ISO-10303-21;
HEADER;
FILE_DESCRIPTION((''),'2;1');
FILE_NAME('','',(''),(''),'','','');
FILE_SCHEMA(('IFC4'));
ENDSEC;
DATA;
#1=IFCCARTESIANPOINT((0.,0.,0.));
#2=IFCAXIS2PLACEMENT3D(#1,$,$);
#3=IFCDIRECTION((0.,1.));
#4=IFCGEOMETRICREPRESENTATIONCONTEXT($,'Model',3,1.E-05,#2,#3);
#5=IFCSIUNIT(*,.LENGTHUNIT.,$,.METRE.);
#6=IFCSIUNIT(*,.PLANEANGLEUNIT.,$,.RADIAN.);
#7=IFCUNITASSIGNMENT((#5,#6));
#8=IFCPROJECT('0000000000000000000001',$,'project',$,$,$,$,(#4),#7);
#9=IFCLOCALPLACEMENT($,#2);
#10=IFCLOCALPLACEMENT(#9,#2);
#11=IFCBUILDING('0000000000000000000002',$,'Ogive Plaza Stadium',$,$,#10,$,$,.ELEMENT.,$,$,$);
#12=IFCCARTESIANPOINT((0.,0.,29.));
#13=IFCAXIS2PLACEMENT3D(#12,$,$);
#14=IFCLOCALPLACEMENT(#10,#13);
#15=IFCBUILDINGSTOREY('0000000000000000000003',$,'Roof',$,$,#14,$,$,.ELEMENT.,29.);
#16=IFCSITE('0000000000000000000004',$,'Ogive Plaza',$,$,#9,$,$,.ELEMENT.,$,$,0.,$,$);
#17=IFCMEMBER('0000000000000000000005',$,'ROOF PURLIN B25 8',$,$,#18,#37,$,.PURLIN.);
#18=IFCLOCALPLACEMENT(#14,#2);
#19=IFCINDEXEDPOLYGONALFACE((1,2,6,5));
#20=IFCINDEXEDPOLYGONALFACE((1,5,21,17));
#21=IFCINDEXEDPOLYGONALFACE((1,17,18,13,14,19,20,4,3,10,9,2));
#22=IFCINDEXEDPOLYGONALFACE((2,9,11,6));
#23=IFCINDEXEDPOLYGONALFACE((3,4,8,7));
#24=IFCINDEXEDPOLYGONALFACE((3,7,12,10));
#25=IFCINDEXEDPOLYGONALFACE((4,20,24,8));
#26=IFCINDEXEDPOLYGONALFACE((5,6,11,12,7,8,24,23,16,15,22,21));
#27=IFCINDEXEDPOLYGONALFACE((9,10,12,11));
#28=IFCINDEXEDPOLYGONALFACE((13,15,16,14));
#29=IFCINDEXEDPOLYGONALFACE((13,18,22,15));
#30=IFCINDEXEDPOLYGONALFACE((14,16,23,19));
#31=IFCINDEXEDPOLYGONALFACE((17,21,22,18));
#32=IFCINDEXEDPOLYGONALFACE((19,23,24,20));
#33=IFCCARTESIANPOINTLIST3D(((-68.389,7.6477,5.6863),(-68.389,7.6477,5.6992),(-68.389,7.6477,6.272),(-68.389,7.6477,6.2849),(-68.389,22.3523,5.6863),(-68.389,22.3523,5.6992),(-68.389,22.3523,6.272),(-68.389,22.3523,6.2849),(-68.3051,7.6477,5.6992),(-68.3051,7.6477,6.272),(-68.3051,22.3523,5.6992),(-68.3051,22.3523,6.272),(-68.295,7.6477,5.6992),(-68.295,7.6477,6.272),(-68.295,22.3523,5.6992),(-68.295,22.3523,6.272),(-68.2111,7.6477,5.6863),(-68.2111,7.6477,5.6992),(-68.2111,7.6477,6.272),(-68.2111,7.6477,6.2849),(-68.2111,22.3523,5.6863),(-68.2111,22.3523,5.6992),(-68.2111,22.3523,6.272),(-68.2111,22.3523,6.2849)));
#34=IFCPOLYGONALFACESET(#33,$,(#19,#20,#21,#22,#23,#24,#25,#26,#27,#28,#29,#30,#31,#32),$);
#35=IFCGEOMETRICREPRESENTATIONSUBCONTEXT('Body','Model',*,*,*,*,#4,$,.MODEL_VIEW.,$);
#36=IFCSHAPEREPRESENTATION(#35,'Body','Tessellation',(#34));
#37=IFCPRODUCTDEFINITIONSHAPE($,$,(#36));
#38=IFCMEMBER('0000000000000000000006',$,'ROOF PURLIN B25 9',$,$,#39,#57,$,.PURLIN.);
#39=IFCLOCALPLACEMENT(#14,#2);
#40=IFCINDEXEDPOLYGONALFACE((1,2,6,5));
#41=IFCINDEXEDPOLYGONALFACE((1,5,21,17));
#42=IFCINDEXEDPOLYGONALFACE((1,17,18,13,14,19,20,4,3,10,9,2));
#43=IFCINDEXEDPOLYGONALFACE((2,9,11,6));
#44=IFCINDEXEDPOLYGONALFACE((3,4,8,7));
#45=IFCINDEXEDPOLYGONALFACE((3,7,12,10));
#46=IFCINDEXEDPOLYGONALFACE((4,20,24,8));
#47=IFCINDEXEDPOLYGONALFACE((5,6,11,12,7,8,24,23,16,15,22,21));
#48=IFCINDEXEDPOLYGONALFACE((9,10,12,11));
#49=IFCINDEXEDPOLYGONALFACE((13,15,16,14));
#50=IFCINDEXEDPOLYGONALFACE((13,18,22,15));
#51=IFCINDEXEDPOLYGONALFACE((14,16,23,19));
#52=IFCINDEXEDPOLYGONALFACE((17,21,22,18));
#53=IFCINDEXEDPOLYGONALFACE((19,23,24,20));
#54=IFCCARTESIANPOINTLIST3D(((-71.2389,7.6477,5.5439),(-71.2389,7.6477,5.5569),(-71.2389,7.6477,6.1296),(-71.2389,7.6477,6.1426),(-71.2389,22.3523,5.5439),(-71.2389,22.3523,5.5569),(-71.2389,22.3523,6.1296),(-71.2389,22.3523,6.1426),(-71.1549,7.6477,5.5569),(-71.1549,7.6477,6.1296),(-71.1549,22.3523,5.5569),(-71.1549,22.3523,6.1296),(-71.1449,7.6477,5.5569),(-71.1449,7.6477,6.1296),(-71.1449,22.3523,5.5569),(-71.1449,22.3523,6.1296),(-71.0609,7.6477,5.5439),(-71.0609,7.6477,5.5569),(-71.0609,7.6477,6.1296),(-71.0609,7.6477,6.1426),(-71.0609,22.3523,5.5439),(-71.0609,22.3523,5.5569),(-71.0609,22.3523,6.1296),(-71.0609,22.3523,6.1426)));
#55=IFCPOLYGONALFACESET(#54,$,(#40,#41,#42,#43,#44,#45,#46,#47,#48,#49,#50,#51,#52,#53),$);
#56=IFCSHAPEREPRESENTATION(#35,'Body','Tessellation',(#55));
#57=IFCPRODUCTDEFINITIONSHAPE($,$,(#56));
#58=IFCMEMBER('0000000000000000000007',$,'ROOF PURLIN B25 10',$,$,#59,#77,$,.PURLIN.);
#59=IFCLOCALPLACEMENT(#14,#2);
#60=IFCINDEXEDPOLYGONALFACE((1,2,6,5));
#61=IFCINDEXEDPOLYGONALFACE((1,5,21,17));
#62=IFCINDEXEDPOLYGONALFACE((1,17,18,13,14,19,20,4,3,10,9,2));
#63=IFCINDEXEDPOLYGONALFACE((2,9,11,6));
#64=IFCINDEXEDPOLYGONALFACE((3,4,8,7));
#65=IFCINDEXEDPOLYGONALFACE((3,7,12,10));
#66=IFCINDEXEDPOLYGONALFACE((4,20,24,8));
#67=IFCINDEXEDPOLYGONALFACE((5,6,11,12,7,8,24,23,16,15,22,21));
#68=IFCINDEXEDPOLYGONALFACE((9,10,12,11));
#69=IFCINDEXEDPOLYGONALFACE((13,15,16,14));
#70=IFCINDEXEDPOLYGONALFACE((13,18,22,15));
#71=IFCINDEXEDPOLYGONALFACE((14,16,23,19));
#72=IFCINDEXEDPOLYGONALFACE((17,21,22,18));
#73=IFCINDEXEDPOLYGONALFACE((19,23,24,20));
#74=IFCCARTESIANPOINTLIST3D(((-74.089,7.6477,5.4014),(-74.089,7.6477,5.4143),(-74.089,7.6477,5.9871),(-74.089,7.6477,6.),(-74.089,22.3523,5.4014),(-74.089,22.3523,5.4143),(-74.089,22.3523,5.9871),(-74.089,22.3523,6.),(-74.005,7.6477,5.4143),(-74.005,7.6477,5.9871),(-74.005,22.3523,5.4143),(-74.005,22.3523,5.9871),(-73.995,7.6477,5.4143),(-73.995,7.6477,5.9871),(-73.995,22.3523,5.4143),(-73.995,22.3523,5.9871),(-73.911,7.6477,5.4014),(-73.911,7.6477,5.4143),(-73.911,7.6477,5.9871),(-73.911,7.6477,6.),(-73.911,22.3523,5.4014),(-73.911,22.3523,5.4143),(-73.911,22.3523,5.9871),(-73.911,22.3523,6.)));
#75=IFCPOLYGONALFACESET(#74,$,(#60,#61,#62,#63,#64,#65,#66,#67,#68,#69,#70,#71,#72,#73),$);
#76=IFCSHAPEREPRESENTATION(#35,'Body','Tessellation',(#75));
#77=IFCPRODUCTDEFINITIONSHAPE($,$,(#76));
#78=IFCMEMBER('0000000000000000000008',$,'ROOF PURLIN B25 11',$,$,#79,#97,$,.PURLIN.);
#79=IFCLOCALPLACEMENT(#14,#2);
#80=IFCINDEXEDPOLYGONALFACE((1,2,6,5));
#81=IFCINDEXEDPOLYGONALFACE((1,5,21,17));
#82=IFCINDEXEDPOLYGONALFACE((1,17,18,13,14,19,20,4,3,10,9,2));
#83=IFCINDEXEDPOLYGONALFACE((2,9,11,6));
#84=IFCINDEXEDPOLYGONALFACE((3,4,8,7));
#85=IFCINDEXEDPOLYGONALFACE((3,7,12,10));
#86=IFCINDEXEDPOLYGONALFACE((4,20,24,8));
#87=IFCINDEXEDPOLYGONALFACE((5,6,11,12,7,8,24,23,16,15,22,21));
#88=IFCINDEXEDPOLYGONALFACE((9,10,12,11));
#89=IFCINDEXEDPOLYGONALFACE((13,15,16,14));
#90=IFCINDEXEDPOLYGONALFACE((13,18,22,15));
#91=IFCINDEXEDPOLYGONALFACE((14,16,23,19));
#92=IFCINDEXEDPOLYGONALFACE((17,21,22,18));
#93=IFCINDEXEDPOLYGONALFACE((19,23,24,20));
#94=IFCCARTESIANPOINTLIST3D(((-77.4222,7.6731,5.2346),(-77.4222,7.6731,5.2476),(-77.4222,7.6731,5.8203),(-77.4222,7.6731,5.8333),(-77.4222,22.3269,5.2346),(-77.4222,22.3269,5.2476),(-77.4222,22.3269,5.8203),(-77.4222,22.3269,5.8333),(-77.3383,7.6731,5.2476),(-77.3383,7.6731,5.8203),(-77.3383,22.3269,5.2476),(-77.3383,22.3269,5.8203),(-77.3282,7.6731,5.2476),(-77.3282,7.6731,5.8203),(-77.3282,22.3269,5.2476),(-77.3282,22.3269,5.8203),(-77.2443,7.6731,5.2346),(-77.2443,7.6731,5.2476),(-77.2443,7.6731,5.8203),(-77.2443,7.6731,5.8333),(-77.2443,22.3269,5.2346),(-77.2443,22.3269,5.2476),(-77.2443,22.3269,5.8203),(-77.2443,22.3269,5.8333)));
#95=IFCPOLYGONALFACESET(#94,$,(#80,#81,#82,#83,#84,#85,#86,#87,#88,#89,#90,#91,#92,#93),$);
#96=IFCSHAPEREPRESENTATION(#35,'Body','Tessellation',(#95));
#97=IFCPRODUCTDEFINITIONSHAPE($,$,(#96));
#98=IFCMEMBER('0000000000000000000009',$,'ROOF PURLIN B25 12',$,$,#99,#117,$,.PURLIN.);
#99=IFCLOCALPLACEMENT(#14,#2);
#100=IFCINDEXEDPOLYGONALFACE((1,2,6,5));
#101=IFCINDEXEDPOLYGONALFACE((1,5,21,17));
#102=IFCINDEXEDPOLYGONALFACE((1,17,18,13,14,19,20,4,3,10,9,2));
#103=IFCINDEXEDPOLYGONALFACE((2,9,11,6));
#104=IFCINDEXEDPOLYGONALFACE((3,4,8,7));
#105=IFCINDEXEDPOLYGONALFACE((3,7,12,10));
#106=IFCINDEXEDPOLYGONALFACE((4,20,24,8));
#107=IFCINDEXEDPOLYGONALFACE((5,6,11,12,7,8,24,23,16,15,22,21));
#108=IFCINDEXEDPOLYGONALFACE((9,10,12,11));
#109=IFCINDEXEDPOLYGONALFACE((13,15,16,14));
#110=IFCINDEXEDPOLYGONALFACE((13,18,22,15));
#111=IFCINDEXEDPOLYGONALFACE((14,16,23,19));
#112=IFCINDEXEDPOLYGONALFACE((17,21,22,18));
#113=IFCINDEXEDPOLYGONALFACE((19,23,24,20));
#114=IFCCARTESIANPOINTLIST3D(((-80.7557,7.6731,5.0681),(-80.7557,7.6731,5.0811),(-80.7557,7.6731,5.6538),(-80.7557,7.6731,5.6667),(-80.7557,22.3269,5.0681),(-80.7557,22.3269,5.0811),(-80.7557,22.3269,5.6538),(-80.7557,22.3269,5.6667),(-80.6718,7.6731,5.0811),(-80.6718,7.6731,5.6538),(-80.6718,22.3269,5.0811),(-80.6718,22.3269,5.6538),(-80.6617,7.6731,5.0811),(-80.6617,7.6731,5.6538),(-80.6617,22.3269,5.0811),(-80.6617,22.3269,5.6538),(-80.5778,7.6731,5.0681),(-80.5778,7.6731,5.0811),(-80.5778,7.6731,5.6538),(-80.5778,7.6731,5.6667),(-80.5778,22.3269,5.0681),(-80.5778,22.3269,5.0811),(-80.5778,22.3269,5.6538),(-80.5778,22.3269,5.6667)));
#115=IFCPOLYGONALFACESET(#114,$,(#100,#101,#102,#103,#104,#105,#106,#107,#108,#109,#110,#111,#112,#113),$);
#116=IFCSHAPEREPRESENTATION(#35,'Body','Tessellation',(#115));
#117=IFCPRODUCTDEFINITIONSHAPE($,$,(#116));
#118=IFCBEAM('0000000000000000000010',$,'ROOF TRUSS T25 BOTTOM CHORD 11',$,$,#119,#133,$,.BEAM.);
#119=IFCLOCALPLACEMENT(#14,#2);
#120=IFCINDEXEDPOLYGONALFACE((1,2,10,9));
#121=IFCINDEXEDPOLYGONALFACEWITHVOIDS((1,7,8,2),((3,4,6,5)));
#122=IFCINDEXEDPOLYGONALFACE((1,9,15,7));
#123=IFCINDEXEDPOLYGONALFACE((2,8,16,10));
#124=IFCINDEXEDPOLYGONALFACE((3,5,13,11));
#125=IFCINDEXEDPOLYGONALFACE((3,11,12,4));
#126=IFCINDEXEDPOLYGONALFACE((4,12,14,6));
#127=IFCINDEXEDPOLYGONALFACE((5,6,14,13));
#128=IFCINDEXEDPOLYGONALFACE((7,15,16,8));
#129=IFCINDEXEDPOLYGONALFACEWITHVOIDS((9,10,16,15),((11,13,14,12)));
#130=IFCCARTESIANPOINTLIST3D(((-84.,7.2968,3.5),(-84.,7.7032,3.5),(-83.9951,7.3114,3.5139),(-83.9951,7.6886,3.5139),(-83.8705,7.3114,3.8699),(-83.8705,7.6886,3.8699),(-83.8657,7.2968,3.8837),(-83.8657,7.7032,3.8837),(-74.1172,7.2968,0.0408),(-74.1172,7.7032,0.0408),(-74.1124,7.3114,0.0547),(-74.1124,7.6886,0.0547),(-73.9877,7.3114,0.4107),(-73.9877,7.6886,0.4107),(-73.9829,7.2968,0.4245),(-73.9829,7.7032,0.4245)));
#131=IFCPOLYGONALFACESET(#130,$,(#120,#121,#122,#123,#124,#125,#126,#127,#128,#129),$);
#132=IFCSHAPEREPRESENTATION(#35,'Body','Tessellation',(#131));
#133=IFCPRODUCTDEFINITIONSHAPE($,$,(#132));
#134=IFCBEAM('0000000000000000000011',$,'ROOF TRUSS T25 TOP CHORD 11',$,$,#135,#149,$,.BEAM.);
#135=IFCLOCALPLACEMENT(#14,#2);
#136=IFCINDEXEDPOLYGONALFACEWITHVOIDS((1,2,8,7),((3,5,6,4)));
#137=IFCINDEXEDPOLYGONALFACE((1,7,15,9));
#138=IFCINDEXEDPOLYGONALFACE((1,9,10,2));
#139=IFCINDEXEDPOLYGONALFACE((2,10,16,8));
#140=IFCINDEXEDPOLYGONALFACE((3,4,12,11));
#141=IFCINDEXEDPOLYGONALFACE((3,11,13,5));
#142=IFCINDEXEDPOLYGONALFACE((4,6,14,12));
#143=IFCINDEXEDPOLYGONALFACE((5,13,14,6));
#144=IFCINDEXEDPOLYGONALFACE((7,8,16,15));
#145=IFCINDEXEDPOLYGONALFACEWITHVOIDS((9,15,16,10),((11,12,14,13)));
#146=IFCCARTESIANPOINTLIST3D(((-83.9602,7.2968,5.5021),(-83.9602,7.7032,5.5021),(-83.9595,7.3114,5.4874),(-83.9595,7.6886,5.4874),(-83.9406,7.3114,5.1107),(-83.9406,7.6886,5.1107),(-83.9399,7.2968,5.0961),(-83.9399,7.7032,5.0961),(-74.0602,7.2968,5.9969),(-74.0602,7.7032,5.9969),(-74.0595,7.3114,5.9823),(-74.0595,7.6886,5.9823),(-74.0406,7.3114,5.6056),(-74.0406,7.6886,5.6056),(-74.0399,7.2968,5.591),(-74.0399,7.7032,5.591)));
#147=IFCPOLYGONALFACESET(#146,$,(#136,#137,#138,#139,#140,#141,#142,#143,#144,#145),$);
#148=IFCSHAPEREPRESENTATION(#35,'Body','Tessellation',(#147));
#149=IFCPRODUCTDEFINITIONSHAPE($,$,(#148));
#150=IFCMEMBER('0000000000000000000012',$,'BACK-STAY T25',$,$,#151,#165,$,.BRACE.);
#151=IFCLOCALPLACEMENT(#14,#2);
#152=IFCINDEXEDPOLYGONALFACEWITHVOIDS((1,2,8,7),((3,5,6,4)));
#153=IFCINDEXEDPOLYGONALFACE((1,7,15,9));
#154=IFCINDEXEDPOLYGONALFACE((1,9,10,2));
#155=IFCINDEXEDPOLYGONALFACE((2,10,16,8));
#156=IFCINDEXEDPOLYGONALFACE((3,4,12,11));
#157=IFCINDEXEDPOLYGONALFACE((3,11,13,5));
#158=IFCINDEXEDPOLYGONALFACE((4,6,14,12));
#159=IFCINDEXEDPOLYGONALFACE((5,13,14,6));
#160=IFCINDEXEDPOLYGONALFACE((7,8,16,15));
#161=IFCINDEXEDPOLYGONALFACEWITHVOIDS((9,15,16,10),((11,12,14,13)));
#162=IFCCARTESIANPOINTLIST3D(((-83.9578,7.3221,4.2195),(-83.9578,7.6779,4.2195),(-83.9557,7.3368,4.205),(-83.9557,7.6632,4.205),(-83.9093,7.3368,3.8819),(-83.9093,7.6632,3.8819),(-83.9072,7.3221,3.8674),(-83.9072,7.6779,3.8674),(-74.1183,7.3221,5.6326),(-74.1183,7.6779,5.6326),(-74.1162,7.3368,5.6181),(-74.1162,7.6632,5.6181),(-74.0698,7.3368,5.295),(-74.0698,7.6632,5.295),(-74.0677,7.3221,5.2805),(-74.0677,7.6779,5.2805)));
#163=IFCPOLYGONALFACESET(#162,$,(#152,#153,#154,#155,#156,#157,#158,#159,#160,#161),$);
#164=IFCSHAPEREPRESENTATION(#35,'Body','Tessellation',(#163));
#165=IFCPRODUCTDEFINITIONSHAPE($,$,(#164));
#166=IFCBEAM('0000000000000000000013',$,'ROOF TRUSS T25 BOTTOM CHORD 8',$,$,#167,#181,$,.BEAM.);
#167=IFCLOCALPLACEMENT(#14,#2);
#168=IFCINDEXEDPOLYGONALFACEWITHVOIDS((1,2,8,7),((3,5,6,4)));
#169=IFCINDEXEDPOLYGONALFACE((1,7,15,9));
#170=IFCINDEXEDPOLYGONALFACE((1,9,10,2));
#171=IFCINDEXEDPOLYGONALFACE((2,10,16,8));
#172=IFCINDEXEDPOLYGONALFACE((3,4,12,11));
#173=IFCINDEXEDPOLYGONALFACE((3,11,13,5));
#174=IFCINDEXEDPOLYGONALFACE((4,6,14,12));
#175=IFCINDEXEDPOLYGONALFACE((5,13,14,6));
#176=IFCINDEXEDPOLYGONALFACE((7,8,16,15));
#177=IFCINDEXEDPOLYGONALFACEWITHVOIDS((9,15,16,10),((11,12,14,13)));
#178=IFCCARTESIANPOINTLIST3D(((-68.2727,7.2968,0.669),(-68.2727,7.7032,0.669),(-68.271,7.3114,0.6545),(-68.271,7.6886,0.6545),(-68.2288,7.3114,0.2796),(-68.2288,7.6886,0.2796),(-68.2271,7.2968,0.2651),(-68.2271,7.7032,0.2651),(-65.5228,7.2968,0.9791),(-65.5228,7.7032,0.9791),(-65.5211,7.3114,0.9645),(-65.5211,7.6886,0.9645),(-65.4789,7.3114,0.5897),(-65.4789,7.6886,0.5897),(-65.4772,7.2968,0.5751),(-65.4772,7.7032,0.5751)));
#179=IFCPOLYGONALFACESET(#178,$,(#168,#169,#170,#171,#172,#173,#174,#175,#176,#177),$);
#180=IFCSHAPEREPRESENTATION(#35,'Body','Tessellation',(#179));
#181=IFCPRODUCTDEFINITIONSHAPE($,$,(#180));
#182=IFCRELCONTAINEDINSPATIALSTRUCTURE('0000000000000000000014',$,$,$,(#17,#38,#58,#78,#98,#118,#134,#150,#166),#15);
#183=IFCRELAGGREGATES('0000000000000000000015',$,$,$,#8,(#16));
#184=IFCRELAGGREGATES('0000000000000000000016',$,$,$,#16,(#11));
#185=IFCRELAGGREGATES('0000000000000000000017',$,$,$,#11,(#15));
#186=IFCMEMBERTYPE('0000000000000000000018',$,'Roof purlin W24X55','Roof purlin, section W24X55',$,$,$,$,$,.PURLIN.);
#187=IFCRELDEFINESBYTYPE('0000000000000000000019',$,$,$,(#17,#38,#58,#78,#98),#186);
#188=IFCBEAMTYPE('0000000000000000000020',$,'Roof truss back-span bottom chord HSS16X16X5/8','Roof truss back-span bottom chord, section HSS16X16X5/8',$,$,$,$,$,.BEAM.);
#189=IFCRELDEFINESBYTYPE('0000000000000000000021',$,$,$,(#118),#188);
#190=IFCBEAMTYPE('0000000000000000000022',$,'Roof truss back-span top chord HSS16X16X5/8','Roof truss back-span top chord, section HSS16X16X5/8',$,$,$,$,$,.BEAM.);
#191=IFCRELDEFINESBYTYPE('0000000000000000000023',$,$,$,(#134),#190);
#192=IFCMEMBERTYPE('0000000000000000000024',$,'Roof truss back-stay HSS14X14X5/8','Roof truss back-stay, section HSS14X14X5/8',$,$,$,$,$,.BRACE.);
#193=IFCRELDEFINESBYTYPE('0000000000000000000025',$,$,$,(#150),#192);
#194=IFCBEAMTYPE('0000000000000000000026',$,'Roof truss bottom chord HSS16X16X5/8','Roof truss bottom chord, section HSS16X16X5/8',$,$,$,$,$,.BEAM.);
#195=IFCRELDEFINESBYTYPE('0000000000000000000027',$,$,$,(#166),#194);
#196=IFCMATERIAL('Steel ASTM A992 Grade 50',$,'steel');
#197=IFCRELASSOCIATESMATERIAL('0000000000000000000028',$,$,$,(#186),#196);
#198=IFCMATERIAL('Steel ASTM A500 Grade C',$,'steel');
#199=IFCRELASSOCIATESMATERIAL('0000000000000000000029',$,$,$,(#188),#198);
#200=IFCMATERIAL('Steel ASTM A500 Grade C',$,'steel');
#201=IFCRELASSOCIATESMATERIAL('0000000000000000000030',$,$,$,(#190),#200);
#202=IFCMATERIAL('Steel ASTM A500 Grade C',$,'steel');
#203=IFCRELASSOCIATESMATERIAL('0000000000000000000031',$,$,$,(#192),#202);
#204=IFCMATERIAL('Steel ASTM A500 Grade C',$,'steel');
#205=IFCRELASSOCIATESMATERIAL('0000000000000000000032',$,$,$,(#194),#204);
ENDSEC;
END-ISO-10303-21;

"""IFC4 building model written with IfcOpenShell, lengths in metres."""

from ifc_helpers import new_model, si_unit, direction, frame, origin, origin_2d, place, context, subcontext, project, spatial, hollow_rectangle, i_section, extrude, material, material_profile, profile_set, type_object, element, save


model = new_model("IFC4")

# Units and contexts
model_context = context("Model", 3, precision=1e-05, world=origin(), true_north=direction((0.0, 1.0)))
body_context = subcontext(model_context, "Body", "Model", "MODEL_VIEW")
ifc_project = project(units=[si_unit("LENGTHUNIT", "METRE"), si_unit("PLANEANGLEUNIT", "RADIAN")], contexts=[model_context])

# Site, building, storey
site_placement = place(None, origin())
site = spatial("IfcSite", under=ifc_project, at=site_placement, Name="Ogive Plaza", CompositionType="ELEMENT", RefElevation=0.0)
building_placement = place(site_placement, origin())
building = spatial("IfcBuilding", under=site, at=building_placement, Name="Ogive Plaza Stadium", CompositionType="ELEMENT")
storey_placement = place(building_placement, frame((0.0, 0.0, 29.0)))
storey = spatial("IfcBuildingStorey", under=building, at=storey_placement, Name="Roof", CompositionType="ELEMENT", Elevation=29.0)

# Members
ifc_material_1 = material(Name="Steel ASTM A992 Grade 50", Category="steel")
ifc_material_profile_1 = material_profile(ifc_material_1, i_section(OverallWidth=0.178, OverallDepth=0.5986, WebThickness=0.01, FlangeThickness=0.0129, at=origin_2d()), Name="W24X55")
ifc_profile_set_1 = profile_set([ifc_material_profile_1], Name="Steel ASTM A992 Grade 50")
member_type_1 = type_object("IfcMemberType", Name="Roof purlin W24X55", Description="Roof purlin, section W24X55", PredefinedType="PURLIN", material=ifc_profile_set_1)
for number, where, z_axis, x_axis, name in (
    (1, (-68.3, 7.6477, 5.9856), (0.0, 1.0, 0.0), (-1.0, 0.0, 0.0), "ROOF PURLIN B25 8"),
    (2, (-71.1499, 7.6477, 5.8433), (0.0, 1.0, 0.0), (-1.0, 0.0, 0.0), "ROOF PURLIN B25 9"),
    (3, (-74.0, 7.6477, 5.7007), (0.0, 1.0, 0.0), (-1.0, 0.0, 0.0), "ROOF PURLIN B25 10"),
):
    element("IfcMember", number, at=place(storey_placement, frame(where, z_axis=z_axis, x_axis=x_axis)), inside=storey, type_object=member_type_1, Name=name, PredefinedType="PURLIN", context=body_context, shape_type="SweptSolid", body=[
        extrude(i_section(OverallWidth=0.178, OverallDepth=0.5986, WebThickness=0.01, FlangeThickness=0.0129, at=origin_2d()), origin(), (0.0, 0.0, 1.0), 14.7046),
    ])
for number, where, z_axis, x_axis, name in (
    (4, (-77.3333, 7.6731, 5.5339), (0.0, 1.0, 0.0), (-1.0, 0.0, 0.0), "ROOF PURLIN B25 11"),
    (5, (-80.6667, 7.6731, 5.3674), (0.0, 1.0, 0.0), (-1.0, 0.0, 0.0), "ROOF PURLIN B25 12"),
):
    element("IfcMember", number, at=place(storey_placement, frame(where, z_axis=z_axis, x_axis=x_axis)), inside=storey, type_object=member_type_1, Name=name, PredefinedType="PURLIN", context=body_context, shape_type="SweptSolid", body=[
        extrude(i_section(OverallWidth=0.178, OverallDepth=0.5986, WebThickness=0.01, FlangeThickness=0.0129, at=origin_2d()), origin(), (0.0, 0.0, 1.0), 14.6538),
    ])

# Beams
ifc_material_2 = material(Name="Steel ASTM A500 Grade C", Category="steel")
ifc_material_profile_2 = material_profile(ifc_material_2, hollow_rectangle(XDim=0.4065, YDim=0.4065, WallThickness=0.0146, at=origin_2d()), Name="HSS16X16X5/8")
ifc_profile_set_2 = profile_set([ifc_material_profile_2], Name="Steel ASTM A500 Grade C")
beam_type_1 = type_object("IfcBeamType", Name="Roof truss back-span bottom chord HSS16X16X5/8", Description="Roof truss back-span bottom chord, section HSS16X16X5/8", PredefinedType="BEAM", material=ifc_profile_set_2)
beam_1_placement = place(storey_placement, frame((-74.05, 7.5, 0.2327), z_axis=(-0.943851, 0.0, 0.330371), x_axis=(0.0, -1.0, 0.0)))
element("IfcBeam", 6, at=beam_1_placement, inside=storey, type_object=beam_type_1, Name="ROOF TRUSS T25 BOTTOM CHORD 11", PredefinedType="BEAM", context=body_context, shape_type="SweptSolid", body=[
    extrude(hollow_rectangle(XDim=0.4065, YDim=0.4065, WallThickness=0.0146, at=origin_2d()), origin(), (0.0, 0.0, 1.0), 10.4707),
])
ifc_material_3 = material(Name="Steel ASTM A500 Grade C", Category="steel")
ifc_material_profile_3 = material_profile(ifc_material_3, hollow_rectangle(XDim=0.4065, YDim=0.4065, WallThickness=0.0146, at=origin_2d()), Name="HSS16X16X5/8")
ifc_profile_set_3 = profile_set([ifc_material_profile_3], Name="Steel ASTM A500 Grade C")
beam_type_2 = type_object("IfcBeamType", Name="Roof truss back-span top chord HSS16X16X5/8", Description="Roof truss back-span top chord, section HSS16X16X5/8", PredefinedType="BEAM", material=ifc_profile_set_3)
beam_2_placement = place(storey_placement, frame((-74.05, 7.5, 5.7939), z_axis=(-0.998753, 0.0, -0.049925), x_axis=(0.0, -1.0, 0.0)))
element("IfcBeam", 7, at=beam_2_placement, inside=storey, type_object=beam_type_2, Name="ROOF TRUSS T25 TOP CHORD 11", PredefinedType="BEAM", context=body_context, shape_type="SweptSolid", body=[
    extrude(hollow_rectangle(XDim=0.4065, YDim=0.4065, WallThickness=0.0146, at=origin_2d()), origin(), (0.0, 0.0, 1.0), 9.9124),
])

# Member
ifc_material_4 = material(Name="Steel ASTM A500 Grade C", Category="steel")
ifc_material_profile_4 = material_profile(ifc_material_4, hollow_rectangle(XDim=0.3557, YDim=0.3557, WallThickness=0.0146, at=origin_2d()), Name="HSS14X14X5/8")
ifc_profile_set_4 = profile_set([ifc_material_profile_4], Name="Steel ASTM A500 Grade C")
member_type_2 = type_object("IfcMemberType", Name="Roof truss back-stay HSS14X14X5/8", Description="Roof truss back-stay, section HSS14X14X5/8", PredefinedType="BRACE", material=ifc_profile_set_4)
member_1_placement = place(storey_placement, frame((-74.093, 7.5, 5.4565), z_axis=(-0.989844, 0.0, -0.142157), x_axis=(0.0, -1.0, 0.0)))
element("IfcMember", 8, at=member_1_placement, inside=storey, type_object=member_type_2, Name="BACK-STAY T25", PredefinedType="BRACE", context=body_context, shape_type="SweptSolid", body=[
    extrude(hollow_rectangle(XDim=0.3557, YDim=0.3557, WallThickness=0.0146, at=origin_2d()), origin(), (0.0, 0.0, 1.0), 9.9404),
])

# Beam
ifc_material_5 = material(Name="Steel ASTM A500 Grade C", Category="steel")
ifc_material_profile_5 = material_profile(ifc_material_5, hollow_rectangle(XDim=0.4065, YDim=0.4065, WallThickness=0.0146, at=origin_2d()), Name="HSS16X16X5/8")
ifc_profile_set_5 = profile_set([ifc_material_profile_5], Name="Steel ASTM A500 Grade C")
beam_type_3 = type_object("IfcBeamType", Name="Roof truss bottom chord HSS16X16X5/8", Description="Roof truss bottom chord, section HSS16X16X5/8", PredefinedType="BEAM", material=ifc_profile_set_5)
beam_3_placement = place(storey_placement, frame((-65.5, 7.5, 0.7771), z_axis=(-0.993704, 0.0, -0.112039), x_axis=(0.0, -1.0, 0.0)))
element("IfcBeam", 9, at=beam_3_placement, inside=storey, type_object=beam_type_3, Name="ROOF TRUSS T25 BOTTOM CHORD 8", PredefinedType="BEAM", context=body_context, shape_type="SweptSolid", body=[
    extrude(hollow_rectangle(XDim=0.4065, YDim=0.4065, WallThickness=0.0146, at=origin_2d()), origin(), (0.0, 0.0, 1.0), 2.7673),
])

save(model, "model.ifc")
